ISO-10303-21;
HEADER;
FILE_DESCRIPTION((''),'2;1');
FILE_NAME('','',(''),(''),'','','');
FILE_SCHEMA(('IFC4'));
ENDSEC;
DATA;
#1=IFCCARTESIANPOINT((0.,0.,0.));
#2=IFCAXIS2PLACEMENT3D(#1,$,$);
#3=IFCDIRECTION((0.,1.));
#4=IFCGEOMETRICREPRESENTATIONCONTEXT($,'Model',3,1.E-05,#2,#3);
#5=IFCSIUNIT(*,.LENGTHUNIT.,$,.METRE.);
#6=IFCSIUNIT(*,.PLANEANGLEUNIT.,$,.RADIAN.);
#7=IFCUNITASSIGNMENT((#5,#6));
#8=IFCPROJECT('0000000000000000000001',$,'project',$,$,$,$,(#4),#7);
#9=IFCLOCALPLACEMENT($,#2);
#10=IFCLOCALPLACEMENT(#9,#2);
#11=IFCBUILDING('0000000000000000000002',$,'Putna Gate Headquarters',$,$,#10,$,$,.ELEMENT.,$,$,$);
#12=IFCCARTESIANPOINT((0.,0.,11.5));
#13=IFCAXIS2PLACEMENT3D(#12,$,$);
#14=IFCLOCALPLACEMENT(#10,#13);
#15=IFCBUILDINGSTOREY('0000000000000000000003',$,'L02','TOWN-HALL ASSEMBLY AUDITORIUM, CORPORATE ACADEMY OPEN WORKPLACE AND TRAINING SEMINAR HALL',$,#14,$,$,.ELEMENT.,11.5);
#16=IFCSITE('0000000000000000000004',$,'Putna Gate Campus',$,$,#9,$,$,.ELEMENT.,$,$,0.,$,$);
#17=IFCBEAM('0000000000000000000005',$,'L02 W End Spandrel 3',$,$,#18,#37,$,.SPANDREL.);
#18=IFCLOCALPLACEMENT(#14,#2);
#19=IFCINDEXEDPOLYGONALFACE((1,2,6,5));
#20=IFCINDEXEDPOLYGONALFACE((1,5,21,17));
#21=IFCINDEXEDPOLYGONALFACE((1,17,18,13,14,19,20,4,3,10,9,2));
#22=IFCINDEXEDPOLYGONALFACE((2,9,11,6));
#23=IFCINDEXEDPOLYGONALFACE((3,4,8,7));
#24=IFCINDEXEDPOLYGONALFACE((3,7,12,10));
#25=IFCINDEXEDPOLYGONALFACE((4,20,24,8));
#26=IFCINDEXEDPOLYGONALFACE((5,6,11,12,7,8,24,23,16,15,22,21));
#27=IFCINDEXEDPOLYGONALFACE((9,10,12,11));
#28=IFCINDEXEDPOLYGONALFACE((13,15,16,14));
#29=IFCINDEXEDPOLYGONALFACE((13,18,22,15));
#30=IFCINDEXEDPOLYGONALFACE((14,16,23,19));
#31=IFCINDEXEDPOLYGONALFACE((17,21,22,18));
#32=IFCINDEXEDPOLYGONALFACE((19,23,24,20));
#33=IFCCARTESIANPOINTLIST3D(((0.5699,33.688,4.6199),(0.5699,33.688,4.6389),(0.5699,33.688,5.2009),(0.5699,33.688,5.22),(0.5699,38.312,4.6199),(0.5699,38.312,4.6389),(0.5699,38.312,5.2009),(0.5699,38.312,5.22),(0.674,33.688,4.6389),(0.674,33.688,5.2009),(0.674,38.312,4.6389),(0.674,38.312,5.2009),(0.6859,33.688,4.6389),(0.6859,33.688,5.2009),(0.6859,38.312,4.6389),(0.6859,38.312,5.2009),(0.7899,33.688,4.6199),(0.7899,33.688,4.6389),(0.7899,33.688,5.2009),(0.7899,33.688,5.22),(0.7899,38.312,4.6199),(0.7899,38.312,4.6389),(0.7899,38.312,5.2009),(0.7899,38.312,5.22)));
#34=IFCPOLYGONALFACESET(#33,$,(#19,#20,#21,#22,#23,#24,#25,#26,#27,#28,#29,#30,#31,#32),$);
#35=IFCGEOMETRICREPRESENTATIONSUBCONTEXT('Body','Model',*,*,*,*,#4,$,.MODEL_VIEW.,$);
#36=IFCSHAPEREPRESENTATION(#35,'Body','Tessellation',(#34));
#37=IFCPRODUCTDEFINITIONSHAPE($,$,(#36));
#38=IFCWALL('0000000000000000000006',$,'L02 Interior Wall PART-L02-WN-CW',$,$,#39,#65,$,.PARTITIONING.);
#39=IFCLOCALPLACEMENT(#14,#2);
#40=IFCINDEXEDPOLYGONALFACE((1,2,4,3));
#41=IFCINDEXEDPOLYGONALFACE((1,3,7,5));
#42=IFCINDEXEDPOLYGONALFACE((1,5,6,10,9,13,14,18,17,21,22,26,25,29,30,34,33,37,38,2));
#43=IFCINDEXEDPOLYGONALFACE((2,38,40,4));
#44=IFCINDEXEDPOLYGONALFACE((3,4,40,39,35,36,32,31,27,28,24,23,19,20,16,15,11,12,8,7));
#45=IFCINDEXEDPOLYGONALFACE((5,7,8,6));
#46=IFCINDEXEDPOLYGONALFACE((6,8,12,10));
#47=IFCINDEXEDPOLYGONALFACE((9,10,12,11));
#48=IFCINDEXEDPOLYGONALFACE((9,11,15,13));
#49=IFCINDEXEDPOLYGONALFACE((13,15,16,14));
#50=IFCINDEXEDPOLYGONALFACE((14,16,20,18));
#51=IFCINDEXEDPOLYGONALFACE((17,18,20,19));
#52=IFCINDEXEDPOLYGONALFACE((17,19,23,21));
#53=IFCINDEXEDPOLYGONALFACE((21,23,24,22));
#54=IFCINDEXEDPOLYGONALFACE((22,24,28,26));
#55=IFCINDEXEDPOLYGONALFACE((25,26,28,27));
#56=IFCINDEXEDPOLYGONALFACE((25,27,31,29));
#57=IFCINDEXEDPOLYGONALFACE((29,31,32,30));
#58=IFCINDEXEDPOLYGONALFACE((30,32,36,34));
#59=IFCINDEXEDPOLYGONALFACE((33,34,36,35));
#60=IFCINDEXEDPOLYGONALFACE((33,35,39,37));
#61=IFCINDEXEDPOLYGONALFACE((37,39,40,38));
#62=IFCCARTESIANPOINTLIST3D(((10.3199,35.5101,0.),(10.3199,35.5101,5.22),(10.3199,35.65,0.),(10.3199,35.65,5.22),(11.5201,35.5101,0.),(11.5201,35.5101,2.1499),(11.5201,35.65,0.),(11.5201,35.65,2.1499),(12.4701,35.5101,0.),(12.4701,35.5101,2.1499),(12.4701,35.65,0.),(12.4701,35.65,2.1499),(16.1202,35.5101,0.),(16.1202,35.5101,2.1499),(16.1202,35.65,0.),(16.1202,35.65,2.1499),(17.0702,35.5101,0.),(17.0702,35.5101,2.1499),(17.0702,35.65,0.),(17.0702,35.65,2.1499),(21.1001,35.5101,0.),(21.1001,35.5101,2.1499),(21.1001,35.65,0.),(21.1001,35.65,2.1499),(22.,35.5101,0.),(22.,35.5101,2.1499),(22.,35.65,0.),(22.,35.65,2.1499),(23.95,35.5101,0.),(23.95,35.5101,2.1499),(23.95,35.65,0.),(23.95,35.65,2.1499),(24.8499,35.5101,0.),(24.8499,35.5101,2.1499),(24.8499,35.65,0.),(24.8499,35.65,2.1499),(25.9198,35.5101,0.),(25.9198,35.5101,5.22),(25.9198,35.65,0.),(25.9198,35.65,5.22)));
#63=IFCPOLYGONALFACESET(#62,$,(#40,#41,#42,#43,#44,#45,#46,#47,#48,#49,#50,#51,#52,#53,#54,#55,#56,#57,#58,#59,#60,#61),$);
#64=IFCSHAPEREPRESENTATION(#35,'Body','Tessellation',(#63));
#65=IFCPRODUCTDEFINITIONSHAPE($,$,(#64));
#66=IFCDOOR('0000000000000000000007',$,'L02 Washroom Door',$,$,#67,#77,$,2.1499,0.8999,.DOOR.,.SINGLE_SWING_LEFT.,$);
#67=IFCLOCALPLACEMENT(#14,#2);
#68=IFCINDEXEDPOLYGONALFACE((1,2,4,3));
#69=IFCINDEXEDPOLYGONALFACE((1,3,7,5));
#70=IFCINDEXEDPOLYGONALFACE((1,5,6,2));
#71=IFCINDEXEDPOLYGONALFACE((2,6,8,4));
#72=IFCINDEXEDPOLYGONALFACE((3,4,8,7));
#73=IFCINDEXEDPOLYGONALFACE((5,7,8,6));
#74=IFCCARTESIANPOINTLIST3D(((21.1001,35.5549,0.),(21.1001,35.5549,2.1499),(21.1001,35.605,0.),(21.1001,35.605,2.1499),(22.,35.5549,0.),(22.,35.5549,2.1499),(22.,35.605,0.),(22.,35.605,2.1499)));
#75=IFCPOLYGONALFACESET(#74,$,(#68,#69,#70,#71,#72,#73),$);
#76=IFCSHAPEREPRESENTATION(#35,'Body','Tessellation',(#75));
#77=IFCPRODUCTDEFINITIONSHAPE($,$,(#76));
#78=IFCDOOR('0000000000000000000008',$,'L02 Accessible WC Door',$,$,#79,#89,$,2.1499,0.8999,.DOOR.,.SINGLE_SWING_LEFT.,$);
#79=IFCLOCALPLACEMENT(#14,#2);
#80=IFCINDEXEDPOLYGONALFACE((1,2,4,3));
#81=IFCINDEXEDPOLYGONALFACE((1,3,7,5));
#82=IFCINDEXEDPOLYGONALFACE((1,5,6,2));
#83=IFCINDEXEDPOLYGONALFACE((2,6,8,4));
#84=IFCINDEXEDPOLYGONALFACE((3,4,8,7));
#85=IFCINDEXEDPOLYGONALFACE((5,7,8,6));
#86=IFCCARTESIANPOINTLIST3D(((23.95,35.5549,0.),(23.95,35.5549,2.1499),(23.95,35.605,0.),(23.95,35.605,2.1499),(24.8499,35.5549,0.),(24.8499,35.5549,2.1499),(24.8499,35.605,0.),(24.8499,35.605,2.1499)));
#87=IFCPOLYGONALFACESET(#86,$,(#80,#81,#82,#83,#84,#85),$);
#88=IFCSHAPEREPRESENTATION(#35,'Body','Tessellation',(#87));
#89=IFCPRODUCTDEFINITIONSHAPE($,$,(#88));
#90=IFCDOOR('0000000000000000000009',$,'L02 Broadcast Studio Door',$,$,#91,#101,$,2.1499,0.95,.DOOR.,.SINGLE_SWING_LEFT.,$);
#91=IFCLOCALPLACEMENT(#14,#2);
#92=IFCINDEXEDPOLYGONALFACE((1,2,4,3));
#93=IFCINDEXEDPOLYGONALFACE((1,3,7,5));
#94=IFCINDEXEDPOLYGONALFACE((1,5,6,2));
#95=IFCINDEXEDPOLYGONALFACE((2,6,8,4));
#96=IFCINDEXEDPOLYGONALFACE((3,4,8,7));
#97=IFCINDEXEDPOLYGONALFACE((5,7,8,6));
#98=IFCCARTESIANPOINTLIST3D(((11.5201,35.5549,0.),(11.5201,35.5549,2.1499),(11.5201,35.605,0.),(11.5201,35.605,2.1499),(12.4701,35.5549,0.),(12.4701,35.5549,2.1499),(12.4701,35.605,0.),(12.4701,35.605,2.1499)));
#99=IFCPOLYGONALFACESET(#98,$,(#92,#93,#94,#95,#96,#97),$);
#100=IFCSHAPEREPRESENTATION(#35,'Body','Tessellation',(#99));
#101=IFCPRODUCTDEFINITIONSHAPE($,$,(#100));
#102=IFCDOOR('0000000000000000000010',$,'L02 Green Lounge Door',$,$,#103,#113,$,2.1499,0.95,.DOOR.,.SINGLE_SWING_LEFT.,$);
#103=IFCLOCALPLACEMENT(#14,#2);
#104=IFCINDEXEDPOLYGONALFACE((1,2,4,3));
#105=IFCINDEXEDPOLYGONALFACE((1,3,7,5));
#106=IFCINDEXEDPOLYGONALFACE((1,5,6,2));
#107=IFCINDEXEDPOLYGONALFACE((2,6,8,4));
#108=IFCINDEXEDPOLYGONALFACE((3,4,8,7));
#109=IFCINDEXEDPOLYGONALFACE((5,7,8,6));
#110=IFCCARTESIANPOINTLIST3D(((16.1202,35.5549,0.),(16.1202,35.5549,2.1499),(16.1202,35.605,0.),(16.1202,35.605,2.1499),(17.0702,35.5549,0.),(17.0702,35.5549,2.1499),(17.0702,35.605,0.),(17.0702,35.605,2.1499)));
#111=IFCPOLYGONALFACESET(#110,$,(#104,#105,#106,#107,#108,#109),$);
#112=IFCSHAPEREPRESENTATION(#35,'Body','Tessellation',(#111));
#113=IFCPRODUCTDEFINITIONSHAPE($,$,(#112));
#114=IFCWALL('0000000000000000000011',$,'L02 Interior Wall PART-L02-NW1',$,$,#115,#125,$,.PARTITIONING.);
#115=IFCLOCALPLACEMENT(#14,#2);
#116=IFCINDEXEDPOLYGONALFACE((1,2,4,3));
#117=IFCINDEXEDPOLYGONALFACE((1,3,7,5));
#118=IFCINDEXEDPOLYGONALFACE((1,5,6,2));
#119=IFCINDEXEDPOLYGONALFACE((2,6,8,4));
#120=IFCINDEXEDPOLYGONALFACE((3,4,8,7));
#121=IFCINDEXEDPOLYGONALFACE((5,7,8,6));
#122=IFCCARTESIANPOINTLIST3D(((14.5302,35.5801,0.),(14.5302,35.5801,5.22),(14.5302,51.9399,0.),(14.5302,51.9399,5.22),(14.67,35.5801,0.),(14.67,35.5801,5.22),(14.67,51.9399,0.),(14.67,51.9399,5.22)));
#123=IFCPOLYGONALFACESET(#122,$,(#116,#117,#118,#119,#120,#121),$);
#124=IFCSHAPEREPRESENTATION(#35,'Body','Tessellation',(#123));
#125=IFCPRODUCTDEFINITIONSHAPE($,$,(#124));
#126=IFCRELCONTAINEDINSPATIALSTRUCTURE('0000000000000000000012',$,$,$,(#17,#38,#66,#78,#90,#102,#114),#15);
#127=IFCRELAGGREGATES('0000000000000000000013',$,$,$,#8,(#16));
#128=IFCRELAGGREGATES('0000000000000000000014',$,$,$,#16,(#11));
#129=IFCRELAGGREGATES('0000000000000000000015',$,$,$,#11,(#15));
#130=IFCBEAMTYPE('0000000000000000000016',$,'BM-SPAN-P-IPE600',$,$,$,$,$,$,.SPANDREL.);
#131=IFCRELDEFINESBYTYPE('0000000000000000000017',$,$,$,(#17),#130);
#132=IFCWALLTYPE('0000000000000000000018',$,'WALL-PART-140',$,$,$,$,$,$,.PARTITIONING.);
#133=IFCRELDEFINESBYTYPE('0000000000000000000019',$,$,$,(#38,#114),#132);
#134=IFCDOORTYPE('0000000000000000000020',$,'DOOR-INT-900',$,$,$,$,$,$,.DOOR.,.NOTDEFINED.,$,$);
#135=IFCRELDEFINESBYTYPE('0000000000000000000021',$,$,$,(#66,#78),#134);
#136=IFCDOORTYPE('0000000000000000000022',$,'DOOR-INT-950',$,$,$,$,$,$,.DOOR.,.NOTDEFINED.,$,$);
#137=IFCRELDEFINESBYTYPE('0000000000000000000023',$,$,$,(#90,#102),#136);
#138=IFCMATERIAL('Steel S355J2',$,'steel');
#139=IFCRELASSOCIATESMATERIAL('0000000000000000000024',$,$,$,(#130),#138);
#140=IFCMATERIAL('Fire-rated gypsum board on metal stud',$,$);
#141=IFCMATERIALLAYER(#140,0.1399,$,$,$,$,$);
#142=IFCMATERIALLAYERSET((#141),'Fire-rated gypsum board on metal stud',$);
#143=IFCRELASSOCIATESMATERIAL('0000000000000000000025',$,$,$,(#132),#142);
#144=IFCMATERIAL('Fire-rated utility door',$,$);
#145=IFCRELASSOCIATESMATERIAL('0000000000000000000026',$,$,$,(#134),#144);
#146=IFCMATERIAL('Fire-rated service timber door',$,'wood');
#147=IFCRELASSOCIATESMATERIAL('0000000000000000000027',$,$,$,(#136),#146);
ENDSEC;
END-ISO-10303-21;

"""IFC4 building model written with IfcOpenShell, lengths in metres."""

from ifc_helpers import new_model, si_unit, direction, frame, frame_2d, origin, origin_2d, place, context, subcontext, project, spatial, rectangle, i_section, extrude, material, layer, layer_set, material_profile, profile_set, type_object, element, fill, save


model = new_model("IFC4")

# Units and contexts
model_context = context("Model", 3, precision=1e-05, world=origin(), true_north=direction((0.0, 1.0)))
body_context = subcontext(model_context, "Body", "Model", "MODEL_VIEW")
ifc_project = project(units=[si_unit("LENGTHUNIT", "METRE"), si_unit("PLANEANGLEUNIT", "RADIAN")], contexts=[model_context])

# Site, building, storey
site_placement = place(None, origin())
site = spatial("IfcSite", under=ifc_project, at=site_placement, Name="Putna Gate Campus", CompositionType="ELEMENT", RefElevation=0.0)
building_placement = place(site_placement, origin())
building = spatial("IfcBuilding", under=site, at=building_placement, Name="Putna Gate Headquarters", CompositionType="ELEMENT")
storey_placement = place(building_placement, frame((0.0, 0.0, 11.5)))
storey = spatial("IfcBuildingStorey", under=building, at=storey_placement, Name="L02", Description="TOWN-HALL ASSEMBLY AUDITORIUM, CORPORATE ACADEMY OPEN WORKPLACE AND TRAINING SEMINAR HALL", CompositionType="ELEMENT", Elevation=11.5)

# Beam
ifc_material_1 = material(Name="Steel S355J2", Category="steel")
ifc_material_profile_1 = material_profile(ifc_material_1, i_section(OverallWidth=0.22, OverallDepth=0.6001, WebThickness=0.012, FlangeThickness=0.019, at=origin_2d()), Name="Steel S355J2")
ifc_profile_set_1 = profile_set([ifc_material_profile_1], Name="Steel S355J2")
beam_type_1 = type_object("IfcBeamType", Name="BM-SPAN-P-IPE600", PredefinedType="SPANDREL", material=ifc_profile_set_1)
beam_1_placement = place(storey_placement, frame((0.6799, 33.688, 4.9199), z_axis=(0.0, 1.0, 0.0), x_axis=(-1.0, 0.0, 0.0)))
element("IfcBeam", 1, at=beam_1_placement, inside=storey, type_object=beam_type_1, Name="L02 W End Spandrel 3", PredefinedType="SPANDREL", context=body_context, shape_type="SweptSolid", body=[
    extrude(i_section(OverallWidth=0.22, OverallDepth=0.6001, WebThickness=0.012, FlangeThickness=0.019, at=origin_2d()), origin(), (0.0, 0.0, 1.0), 4.624),
])

# Wall, openings, doors
ifc_material_2 = material(Name="Fire-rated gypsum board on metal stud")
ifc_layer = layer(ifc_material_2, 0.1399)
ifc_layer_set = layer_set([ifc_layer], Name="Fire-rated gypsum board on metal stud")
wall_type = type_object("IfcWallType", Name="WALL-PART-140", PredefinedType="PARTITIONING", material=ifc_layer_set)
wall_1_placement = place(storey_placement, frame((10.3201, 35.5801, 0.0), z_axis=(0.0, 0.0, 1.0), x_axis=(1.0, 0.0, 0.0)))
wall_1 = element("IfcWall", 2, at=wall_1_placement, inside=storey, type_object=wall_type, Name="L02 Interior Wall PART-L02-WN-CW", PredefinedType="PARTITIONING", context=body_context, shape_type="SweptSolid", body=[
    extrude(rectangle(XDim=15.5999, YDim=0.1399, at=frame_2d((7.7998, 0.0))), origin(), (0.0, 0.0, 1.0), 5.22),
])
opening_1_placement = place(wall_1_placement, frame((10.78, 0.0, 0.0)))
opening_1 = element("IfcOpeningElement", 3, at=opening_1_placement, cuts=wall_1, PredefinedType="OPENING", context=body_context, shape_type="SweptSolid", body=[
    extrude(rectangle(XDim=0.8999, YDim=2.1499, at=frame_2d((0.45, 1.075))), frame((0.0, 0.0798, 0.0), z_axis=(0.0, -1.0, 0.0), x_axis=(1.0, 0.0, 0.0)), (0.0, 0.0, 1.0), 0.1599),
])
opening_2_placement = place(wall_1_placement, frame((13.6299, 0.0, 0.0)))
opening_2 = element("IfcOpeningElement", 4, at=opening_2_placement, cuts=wall_1, PredefinedType="OPENING", context=body_context, shape_type="SweptSolid", body=[
    extrude(rectangle(XDim=0.8999, YDim=2.1499, at=frame_2d((0.45, 1.075))), frame((0.0, 0.0798, 0.0), z_axis=(0.0, -1.0, 0.0), x_axis=(1.0, 0.0, 0.0)), (0.0, 0.0, 1.0), 0.1599),
])
opening_3_placement = place(wall_1_placement, frame((1.2, 0.0, 0.0)))
opening_3 = element("IfcOpeningElement", 5, at=opening_3_placement, cuts=wall_1, PredefinedType="OPENING", context=body_context, shape_type="SweptSolid", body=[
    extrude(rectangle(XDim=0.95, YDim=2.1499, at=frame_2d((0.4751, 1.075))), frame((0.0, 0.0798, 0.0), z_axis=(0.0, -1.0, 0.0), x_axis=(1.0, 0.0, 0.0)), (0.0, 0.0, 1.0), 0.1599),
])
opening_4_placement = place(wall_1_placement, frame((5.8, 0.0, 0.0)))
opening_4 = element("IfcOpeningElement", 6, at=opening_4_placement, cuts=wall_1, PredefinedType="OPENING", context=body_context, shape_type="SweptSolid", body=[
    extrude(rectangle(XDim=0.95, YDim=2.1499, at=frame_2d((0.4751, 1.075))), frame((0.0, 0.0798, 0.0), z_axis=(0.0, -1.0, 0.0), x_axis=(1.0, 0.0, 0.0)), (0.0, 0.0, 1.0), 0.1599),
])
ifc_material_3 = material(Name="Fire-rated utility door")
door_type_1 = type_object("IfcDoorType", Name="DOOR-INT-900", OperationType="NOTDEFINED", PredefinedType="DOOR", material=ifc_material_3)
door_1_placement = place(opening_1_placement, origin())
door_1 = element("IfcDoor", 7, at=door_1_placement, inside=storey, type_object=door_type_1, Name="L02 Washroom Door", OperationType="SINGLE_SWING_LEFT", OverallHeight=2.1499, OverallWidth=0.8999, PredefinedType="DOOR", context=body_context, shape_type="SweptSolid", body=[
    extrude(rectangle(XDim=0.8999, YDim=2.1499, at=frame_2d((0.45, 1.075))), frame((0.0, 0.0249, 0.0), z_axis=(0.0, -1.0, 0.0), x_axis=(1.0, 0.0, 0.0)), (0.0, 0.0, 1.0), 0.05),
])
fill(opening_1, door_1)
door_2_placement = place(opening_2_placement, origin())
door_2 = element("IfcDoor", 8, at=door_2_placement, inside=storey, type_object=door_type_1, Name="L02 Accessible WC Door", OperationType="SINGLE_SWING_LEFT", OverallHeight=2.1499, OverallWidth=0.8999, PredefinedType="DOOR", context=body_context, shape_type="SweptSolid", body=[
    extrude(rectangle(XDim=0.8999, YDim=2.1499, at=frame_2d((0.45, 1.075))), frame((0.0, 0.0249, 0.0), z_axis=(0.0, -1.0, 0.0), x_axis=(1.0, 0.0, 0.0)), (0.0, 0.0, 1.0), 0.05),
])
fill(opening_2, door_2)
ifc_material_4 = material(Name="Fire-rated service timber door", Category="wood")
door_type_2 = type_object("IfcDoorType", Name="DOOR-INT-950", OperationType="NOTDEFINED", PredefinedType="DOOR", material=ifc_material_4)
door_3_placement = place(opening_3_placement, origin())
door_3 = element("IfcDoor", 9, at=door_3_placement, inside=storey, type_object=door_type_2, Name="L02 Broadcast Studio Door", OperationType="SINGLE_SWING_LEFT", OverallHeight=2.1499, OverallWidth=0.95, PredefinedType="DOOR", context=body_context, shape_type="SweptSolid", body=[
    extrude(rectangle(XDim=0.95, YDim=2.1499, at=frame_2d((0.4751, 1.075))), frame((0.0, 0.0249, 0.0), z_axis=(0.0, -1.0, 0.0), x_axis=(1.0, 0.0, 0.0)), (0.0, 0.0, 1.0), 0.05),
])
fill(opening_3, door_3)
door_4_placement = place(opening_4_placement, origin())
door_4 = element("IfcDoor", 10, at=door_4_placement, inside=storey, type_object=door_type_2, Name="L02 Green Lounge Door", OperationType="SINGLE_SWING_LEFT", OverallHeight=2.1499, OverallWidth=0.95, PredefinedType="DOOR", context=body_context, shape_type="SweptSolid", body=[
    extrude(rectangle(XDim=0.95, YDim=2.1499, at=frame_2d((0.4751, 1.075))), frame((0.0, 0.0249, 0.0), z_axis=(0.0, -1.0, 0.0), x_axis=(1.0, 0.0, 0.0)), (0.0, 0.0, 1.0), 0.05),
])
fill(opening_4, door_4)

# Wall
wall_2_placement = place(storey_placement, frame((14.6001, 35.5801, 0.0), z_axis=(0.0, 0.0, 1.0), x_axis=(0.0, 1.0, 0.0)))
element("IfcWall", 11, at=wall_2_placement, inside=storey, type_object=wall_type, Name="L02 Interior Wall PART-L02-NW1", PredefinedType="PARTITIONING", context=body_context, shape_type="SweptSolid", body=[
    extrude(rectangle(XDim=16.3599, YDim=0.1399, at=frame_2d((8.1799, 0.0))), origin(), (0.0, 0.0, 1.0), 5.22),
])

save(model, "model.ifc")
